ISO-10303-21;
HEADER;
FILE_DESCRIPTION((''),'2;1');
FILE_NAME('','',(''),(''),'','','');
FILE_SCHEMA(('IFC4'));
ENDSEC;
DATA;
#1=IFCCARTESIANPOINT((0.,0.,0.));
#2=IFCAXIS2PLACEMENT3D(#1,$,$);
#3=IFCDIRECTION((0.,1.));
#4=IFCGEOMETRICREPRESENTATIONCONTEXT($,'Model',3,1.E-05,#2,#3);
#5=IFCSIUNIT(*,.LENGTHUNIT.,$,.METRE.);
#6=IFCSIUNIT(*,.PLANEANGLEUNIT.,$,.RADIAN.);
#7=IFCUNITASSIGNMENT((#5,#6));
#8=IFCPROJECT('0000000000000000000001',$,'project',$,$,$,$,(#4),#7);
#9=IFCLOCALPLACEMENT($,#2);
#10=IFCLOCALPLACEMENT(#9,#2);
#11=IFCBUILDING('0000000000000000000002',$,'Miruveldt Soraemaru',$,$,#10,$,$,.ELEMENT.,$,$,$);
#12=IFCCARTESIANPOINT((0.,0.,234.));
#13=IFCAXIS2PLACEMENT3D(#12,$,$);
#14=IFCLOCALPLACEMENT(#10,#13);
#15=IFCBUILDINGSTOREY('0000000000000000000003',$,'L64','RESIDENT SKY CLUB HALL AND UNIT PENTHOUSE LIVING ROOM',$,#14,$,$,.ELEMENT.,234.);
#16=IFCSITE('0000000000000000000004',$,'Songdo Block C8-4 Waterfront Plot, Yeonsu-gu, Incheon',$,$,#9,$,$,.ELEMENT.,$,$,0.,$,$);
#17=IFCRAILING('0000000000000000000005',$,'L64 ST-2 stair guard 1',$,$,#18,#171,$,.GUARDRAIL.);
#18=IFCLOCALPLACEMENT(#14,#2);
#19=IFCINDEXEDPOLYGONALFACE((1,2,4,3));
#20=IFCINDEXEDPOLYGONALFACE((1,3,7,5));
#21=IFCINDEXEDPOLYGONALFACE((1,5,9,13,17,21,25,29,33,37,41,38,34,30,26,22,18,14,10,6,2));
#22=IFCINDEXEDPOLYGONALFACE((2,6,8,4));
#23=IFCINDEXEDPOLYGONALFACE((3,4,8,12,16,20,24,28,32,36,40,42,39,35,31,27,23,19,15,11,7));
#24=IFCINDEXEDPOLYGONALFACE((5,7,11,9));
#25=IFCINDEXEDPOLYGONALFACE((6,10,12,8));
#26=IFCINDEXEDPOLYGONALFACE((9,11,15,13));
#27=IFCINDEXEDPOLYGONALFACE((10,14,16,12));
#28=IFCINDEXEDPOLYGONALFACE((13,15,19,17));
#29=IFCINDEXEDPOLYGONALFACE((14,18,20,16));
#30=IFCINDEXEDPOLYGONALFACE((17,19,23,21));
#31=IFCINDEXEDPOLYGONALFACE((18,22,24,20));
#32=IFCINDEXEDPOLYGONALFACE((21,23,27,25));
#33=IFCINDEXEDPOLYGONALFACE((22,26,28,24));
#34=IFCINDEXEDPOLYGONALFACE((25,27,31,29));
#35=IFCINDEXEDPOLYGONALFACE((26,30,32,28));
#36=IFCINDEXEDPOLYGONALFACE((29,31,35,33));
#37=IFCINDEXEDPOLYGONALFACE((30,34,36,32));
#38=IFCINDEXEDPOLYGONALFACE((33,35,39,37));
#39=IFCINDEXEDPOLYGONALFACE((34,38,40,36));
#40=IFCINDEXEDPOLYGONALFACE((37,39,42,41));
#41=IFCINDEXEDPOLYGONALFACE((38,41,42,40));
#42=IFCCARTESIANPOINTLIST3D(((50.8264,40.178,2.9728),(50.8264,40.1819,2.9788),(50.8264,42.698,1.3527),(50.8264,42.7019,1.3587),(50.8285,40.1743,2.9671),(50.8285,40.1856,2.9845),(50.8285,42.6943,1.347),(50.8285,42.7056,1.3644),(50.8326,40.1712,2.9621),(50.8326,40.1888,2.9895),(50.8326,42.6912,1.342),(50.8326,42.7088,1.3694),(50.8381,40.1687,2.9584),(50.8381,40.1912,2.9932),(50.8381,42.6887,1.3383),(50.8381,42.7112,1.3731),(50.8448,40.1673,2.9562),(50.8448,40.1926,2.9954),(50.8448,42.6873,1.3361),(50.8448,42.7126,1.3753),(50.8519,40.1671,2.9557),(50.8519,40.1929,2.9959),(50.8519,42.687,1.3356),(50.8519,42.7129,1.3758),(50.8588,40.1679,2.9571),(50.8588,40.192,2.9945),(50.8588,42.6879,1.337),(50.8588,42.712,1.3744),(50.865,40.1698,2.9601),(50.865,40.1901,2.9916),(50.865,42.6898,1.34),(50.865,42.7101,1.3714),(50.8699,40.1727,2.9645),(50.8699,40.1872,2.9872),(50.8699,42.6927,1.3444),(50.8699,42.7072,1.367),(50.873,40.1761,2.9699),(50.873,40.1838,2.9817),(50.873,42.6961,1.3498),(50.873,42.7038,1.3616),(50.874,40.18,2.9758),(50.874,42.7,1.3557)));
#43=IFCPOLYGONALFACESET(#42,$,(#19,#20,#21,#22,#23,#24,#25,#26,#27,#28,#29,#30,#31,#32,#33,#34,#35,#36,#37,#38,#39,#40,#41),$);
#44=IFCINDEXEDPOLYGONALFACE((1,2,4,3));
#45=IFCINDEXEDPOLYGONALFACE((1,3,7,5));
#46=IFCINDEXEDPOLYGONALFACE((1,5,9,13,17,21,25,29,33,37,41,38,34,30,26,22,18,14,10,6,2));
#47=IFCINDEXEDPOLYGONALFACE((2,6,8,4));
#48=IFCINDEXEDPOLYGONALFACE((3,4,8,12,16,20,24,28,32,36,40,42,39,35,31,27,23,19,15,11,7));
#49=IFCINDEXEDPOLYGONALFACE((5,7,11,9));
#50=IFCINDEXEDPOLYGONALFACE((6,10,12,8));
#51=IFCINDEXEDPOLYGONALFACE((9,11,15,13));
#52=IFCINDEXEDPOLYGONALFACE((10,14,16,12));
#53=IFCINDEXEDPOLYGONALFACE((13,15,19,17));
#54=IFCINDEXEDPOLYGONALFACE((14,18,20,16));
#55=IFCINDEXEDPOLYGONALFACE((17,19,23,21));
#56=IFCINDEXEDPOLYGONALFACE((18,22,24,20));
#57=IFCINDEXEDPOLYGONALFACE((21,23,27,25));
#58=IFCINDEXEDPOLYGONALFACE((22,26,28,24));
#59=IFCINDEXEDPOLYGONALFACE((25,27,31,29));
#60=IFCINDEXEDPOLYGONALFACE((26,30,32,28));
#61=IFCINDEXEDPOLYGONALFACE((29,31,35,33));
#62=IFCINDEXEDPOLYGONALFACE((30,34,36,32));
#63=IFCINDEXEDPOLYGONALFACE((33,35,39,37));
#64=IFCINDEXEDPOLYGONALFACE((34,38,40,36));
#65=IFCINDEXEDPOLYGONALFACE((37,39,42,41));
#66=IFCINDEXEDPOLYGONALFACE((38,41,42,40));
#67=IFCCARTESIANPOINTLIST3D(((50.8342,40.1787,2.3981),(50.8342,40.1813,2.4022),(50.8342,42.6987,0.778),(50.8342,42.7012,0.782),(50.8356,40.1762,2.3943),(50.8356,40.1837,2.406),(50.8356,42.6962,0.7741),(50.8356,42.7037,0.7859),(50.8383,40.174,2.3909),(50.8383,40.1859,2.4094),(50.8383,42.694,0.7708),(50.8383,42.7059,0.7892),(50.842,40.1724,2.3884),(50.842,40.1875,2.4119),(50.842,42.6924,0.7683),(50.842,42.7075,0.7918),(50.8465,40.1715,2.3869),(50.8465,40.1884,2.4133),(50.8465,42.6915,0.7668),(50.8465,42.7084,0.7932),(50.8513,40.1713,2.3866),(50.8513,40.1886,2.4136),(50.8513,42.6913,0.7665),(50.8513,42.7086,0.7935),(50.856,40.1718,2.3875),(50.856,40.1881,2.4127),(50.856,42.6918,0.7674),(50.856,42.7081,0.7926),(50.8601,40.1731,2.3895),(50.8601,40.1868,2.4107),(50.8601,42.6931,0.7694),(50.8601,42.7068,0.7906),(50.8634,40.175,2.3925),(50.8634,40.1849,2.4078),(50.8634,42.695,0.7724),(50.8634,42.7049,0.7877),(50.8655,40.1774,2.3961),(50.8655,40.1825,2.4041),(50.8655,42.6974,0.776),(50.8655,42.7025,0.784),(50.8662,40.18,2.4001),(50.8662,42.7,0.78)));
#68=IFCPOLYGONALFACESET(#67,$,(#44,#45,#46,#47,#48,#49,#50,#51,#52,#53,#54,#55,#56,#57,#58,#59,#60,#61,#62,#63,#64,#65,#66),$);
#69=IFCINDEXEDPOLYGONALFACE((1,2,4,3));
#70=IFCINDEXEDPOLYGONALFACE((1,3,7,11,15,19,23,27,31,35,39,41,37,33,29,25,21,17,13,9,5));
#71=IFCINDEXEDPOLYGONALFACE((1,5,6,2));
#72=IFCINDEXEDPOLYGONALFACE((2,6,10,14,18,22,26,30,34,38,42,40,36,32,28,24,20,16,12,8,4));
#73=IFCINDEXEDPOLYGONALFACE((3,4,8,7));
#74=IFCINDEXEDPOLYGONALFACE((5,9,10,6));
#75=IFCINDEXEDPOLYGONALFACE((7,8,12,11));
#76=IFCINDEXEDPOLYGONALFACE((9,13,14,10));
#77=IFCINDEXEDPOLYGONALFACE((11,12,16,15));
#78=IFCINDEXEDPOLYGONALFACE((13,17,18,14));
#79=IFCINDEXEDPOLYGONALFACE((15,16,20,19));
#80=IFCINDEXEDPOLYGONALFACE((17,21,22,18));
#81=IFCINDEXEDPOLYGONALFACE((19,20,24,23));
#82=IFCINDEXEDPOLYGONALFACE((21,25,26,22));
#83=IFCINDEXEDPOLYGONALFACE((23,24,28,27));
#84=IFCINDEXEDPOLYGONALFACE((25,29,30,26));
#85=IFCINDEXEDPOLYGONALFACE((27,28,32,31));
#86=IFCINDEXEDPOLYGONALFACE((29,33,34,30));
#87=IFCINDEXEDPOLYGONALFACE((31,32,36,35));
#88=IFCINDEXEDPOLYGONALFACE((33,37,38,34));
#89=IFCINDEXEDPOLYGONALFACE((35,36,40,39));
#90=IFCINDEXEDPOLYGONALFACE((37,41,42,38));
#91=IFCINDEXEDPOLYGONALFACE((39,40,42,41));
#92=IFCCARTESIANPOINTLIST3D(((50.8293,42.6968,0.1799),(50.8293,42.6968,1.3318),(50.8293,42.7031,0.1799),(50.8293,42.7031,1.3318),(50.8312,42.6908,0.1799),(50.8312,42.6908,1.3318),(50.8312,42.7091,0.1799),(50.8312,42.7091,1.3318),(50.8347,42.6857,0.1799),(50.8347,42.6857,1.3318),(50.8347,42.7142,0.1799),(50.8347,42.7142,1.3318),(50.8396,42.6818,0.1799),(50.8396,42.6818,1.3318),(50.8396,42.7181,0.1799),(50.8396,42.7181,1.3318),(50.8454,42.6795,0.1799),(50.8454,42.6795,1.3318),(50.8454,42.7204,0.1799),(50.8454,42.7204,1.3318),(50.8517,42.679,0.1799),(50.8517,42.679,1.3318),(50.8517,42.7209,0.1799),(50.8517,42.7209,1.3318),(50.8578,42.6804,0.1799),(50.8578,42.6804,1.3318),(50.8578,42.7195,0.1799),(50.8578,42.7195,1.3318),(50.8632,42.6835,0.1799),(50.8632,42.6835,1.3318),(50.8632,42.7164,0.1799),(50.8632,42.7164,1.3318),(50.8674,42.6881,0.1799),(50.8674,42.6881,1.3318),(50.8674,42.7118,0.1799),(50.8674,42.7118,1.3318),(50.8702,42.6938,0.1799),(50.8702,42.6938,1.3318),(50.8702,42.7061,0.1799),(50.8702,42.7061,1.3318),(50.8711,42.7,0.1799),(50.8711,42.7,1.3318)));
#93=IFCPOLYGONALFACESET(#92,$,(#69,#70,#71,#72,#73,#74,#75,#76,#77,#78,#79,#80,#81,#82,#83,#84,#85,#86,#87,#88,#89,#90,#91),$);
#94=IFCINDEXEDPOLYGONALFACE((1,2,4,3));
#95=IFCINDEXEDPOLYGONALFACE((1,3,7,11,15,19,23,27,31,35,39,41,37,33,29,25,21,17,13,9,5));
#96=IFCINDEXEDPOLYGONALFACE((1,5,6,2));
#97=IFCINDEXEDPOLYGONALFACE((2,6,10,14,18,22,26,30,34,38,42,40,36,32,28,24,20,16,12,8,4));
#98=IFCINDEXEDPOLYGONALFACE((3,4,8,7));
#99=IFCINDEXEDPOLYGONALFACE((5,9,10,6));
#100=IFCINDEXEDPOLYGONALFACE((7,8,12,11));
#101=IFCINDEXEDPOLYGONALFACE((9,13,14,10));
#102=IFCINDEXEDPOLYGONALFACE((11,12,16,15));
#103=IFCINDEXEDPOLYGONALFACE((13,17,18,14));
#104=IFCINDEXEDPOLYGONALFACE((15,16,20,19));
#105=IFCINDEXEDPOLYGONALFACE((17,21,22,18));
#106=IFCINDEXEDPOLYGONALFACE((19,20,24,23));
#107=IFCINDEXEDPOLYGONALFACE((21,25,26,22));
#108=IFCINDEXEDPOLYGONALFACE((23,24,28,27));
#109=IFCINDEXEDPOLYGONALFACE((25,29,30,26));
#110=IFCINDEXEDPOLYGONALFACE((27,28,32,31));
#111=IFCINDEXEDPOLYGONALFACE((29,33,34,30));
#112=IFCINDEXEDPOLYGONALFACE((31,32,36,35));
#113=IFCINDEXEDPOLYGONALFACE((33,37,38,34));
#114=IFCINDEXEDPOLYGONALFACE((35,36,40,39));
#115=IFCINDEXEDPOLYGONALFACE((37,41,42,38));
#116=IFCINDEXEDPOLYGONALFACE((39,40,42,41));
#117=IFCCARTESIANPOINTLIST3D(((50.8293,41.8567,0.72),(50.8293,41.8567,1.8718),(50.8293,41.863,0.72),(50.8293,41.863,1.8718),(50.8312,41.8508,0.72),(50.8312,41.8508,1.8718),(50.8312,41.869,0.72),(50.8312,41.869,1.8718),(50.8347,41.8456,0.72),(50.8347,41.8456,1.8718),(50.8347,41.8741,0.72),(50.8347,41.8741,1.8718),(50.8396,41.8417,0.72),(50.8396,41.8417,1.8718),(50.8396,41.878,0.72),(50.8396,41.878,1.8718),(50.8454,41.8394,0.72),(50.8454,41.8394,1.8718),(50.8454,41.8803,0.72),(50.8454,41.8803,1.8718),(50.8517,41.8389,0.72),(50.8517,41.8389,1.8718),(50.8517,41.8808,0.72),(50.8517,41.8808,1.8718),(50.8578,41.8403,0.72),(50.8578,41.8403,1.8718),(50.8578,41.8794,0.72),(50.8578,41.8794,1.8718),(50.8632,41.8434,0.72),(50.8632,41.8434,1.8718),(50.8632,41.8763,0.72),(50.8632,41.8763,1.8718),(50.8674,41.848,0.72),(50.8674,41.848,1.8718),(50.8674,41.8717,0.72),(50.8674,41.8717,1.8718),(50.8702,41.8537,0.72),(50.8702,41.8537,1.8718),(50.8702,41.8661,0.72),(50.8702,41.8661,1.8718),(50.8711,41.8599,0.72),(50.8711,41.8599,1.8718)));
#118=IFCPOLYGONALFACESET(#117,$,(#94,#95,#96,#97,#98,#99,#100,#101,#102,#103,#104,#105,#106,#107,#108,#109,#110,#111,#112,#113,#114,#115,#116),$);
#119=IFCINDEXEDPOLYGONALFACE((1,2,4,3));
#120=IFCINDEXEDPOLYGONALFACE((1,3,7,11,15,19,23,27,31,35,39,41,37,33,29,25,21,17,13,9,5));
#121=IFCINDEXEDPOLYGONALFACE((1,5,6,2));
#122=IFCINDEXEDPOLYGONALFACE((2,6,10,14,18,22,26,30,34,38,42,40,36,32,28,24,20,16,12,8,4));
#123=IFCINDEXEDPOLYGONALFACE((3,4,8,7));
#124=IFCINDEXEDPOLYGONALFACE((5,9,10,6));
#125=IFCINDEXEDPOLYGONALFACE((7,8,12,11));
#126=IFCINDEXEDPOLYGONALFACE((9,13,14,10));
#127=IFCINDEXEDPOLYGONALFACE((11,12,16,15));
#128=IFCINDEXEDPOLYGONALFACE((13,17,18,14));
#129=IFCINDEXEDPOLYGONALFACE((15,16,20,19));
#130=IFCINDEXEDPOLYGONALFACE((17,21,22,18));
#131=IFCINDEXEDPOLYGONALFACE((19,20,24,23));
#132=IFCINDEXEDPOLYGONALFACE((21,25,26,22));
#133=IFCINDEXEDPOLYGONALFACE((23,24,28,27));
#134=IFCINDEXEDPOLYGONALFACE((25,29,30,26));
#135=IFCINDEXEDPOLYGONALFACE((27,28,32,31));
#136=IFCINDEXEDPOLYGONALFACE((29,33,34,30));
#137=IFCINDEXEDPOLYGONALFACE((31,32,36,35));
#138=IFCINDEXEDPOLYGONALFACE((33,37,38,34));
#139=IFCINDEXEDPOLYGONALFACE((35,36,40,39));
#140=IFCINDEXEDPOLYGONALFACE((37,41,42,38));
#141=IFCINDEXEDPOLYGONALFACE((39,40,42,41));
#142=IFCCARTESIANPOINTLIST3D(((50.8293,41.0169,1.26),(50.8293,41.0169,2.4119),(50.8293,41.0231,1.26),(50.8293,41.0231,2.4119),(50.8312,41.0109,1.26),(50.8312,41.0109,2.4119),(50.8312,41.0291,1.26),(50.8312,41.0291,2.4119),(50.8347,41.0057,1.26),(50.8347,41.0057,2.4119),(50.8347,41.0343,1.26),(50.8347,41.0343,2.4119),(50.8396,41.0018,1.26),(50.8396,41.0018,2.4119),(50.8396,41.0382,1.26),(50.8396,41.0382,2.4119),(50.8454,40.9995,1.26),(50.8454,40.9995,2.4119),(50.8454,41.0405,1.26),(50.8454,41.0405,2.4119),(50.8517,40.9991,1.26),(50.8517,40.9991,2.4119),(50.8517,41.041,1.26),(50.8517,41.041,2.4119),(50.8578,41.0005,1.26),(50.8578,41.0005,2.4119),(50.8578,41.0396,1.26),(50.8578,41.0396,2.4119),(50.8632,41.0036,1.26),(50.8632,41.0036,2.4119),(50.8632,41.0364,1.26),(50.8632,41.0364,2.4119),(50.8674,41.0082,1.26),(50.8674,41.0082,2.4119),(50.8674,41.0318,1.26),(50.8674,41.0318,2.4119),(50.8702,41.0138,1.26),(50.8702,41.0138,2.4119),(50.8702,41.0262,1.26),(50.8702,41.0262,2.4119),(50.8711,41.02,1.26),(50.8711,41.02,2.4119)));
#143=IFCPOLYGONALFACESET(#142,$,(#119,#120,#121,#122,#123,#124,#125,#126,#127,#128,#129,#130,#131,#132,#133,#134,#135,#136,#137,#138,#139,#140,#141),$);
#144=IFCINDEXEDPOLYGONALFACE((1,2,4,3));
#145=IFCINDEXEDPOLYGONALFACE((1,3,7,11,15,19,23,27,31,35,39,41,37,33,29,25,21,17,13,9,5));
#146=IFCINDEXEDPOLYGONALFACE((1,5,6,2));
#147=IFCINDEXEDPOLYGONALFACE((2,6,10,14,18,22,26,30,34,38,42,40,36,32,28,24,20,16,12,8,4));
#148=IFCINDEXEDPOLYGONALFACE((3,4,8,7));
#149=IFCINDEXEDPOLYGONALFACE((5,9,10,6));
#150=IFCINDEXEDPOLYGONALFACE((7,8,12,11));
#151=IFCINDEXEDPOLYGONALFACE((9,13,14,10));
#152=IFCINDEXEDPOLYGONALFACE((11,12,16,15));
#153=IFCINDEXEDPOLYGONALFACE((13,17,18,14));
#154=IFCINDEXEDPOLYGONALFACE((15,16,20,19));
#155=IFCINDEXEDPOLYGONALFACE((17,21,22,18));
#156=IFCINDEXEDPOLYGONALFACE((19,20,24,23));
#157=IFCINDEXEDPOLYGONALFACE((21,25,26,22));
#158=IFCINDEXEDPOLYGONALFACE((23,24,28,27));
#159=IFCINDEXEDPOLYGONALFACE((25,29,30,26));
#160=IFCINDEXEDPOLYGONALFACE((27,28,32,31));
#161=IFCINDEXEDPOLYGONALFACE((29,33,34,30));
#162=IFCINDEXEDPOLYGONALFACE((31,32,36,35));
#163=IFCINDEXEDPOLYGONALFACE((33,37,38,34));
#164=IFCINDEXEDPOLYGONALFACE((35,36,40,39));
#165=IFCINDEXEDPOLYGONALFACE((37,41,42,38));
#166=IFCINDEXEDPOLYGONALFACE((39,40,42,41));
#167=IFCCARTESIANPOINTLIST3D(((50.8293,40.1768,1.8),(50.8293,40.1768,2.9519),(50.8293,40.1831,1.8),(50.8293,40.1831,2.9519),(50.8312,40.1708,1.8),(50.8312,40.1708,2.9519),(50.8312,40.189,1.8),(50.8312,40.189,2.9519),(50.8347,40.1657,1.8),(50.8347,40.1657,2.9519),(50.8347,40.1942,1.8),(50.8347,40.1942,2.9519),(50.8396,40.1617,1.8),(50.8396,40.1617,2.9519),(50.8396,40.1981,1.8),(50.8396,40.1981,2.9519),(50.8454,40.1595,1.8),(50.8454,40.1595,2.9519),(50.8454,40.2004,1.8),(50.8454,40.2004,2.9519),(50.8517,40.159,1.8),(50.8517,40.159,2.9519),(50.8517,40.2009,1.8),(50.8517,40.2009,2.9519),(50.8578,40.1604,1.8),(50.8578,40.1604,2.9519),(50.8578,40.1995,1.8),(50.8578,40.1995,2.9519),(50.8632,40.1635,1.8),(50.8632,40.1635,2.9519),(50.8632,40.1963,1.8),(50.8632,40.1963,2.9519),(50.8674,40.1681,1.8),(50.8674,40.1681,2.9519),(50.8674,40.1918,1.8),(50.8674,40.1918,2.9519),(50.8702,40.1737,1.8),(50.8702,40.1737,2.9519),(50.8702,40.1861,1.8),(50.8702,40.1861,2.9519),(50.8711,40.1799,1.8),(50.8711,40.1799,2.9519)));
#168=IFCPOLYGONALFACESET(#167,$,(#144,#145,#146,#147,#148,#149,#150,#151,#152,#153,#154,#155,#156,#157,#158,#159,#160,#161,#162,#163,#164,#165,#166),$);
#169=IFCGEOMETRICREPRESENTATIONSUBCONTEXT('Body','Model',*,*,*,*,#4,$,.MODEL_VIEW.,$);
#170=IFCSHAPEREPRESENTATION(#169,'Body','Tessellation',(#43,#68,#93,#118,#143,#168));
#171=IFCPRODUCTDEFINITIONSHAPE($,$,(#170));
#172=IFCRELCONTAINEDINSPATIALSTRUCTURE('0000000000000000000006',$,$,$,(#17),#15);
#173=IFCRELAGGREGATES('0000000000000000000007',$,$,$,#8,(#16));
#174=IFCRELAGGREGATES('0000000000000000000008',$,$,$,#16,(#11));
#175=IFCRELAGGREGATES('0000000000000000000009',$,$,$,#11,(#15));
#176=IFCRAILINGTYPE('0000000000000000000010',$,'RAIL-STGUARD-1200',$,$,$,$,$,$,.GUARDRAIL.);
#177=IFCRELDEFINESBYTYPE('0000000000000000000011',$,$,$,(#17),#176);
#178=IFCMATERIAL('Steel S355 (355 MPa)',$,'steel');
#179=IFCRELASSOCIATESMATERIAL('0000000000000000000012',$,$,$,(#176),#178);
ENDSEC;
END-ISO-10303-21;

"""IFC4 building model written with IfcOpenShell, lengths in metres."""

from ifc_helpers import new_model, si_unit, direction, frame, origin, origin_2d, place, context, subcontext, project, spatial, circle, extrude, material, type_object, element, save


model = new_model("IFC4")

# Units and contexts
model_context = context("Model", 3, precision=1e-05, world=origin(), true_north=direction((0.0, 1.0)))
body_context = subcontext(model_context, "Body", "Model", "MODEL_VIEW")
ifc_project = project(units=[si_unit("LENGTHUNIT", "METRE"), si_unit("PLANEANGLEUNIT", "RADIAN")], contexts=[model_context])

# Site, building, storey
site_placement = place(None, origin())
site = spatial("IfcSite", under=ifc_project, at=site_placement, Name="Songdo Block C8-4 Waterfront Plot, Yeonsu-gu, Incheon", CompositionType="ELEMENT", RefElevation=0.0)
building_placement = place(site_placement, origin())
building = spatial("IfcBuilding", under=site, at=building_placement, Name="Miruveldt Soraemaru", CompositionType="ELEMENT")
storey_placement = place(building_placement, frame((0.0, 0.0, 234.0)))
storey = spatial("IfcBuildingStorey", under=building, at=storey_placement, Name="L64", Description="RESIDENT SKY CLUB HALL AND UNIT PENTHOUSE LIVING ROOM", CompositionType="ELEMENT", Elevation=234.0)

# Railing
ifc_material_1 = material(Name="Steel S355 (355 MPa)", Category="steel")
railing_type_1 = type_object("IfcRailingType", Name="RAIL-STGUARD-1200", PredefinedType="GUARDRAIL", material=ifc_material_1)
railing_1_placement = place(storey_placement, frame((50.8501, 42.7, 0.1799)))
element("IfcRailing", 1, at=railing_1_placement, inside=storey, type_object=railing_type_1, Name="L64 ST-2 stair guard 1", PredefinedType="GUARDRAIL", context=body_context, shape_type="SweptSolid", body=[
    extrude(circle(Radius=0.0239, at=origin_2d()), frame((0.0, 0.0, 1.1758), z_axis=(0.0, -0.841163, 0.540782), x_axis=(1.0, 0.0, 0.0)), (0.0, 0.0, 1.0), 2.9958),
    extrude(circle(Radius=0.0161, at=origin_2d()), frame((0.0, 0.0, 0.6001), z_axis=(0.0, -0.841163, 0.540782), x_axis=(1.0, 0.0, 0.0)), (0.0, 0.0, 1.0), 2.9958),
    extrude(circle(Radius=0.021, at=origin_2d()), origin(), (0.0, 0.0, 1.0), 1.1519),
    extrude(circle(Radius=0.021, at=origin_2d()), frame((0.0, -0.8401, 0.54)), (0.0, 0.0, 1.0), 1.1519),
    extrude(circle(Radius=0.021, at=origin_2d()), frame((0.0, -1.6799, 1.0801)), (0.0, 0.0, 1.0), 1.1519),
    extrude(circle(Radius=0.021, at=origin_2d()), frame((0.0, -2.52, 1.6201)), (0.0, 0.0, 1.0), 1.1519),
])

save(model, "model.ifc")
